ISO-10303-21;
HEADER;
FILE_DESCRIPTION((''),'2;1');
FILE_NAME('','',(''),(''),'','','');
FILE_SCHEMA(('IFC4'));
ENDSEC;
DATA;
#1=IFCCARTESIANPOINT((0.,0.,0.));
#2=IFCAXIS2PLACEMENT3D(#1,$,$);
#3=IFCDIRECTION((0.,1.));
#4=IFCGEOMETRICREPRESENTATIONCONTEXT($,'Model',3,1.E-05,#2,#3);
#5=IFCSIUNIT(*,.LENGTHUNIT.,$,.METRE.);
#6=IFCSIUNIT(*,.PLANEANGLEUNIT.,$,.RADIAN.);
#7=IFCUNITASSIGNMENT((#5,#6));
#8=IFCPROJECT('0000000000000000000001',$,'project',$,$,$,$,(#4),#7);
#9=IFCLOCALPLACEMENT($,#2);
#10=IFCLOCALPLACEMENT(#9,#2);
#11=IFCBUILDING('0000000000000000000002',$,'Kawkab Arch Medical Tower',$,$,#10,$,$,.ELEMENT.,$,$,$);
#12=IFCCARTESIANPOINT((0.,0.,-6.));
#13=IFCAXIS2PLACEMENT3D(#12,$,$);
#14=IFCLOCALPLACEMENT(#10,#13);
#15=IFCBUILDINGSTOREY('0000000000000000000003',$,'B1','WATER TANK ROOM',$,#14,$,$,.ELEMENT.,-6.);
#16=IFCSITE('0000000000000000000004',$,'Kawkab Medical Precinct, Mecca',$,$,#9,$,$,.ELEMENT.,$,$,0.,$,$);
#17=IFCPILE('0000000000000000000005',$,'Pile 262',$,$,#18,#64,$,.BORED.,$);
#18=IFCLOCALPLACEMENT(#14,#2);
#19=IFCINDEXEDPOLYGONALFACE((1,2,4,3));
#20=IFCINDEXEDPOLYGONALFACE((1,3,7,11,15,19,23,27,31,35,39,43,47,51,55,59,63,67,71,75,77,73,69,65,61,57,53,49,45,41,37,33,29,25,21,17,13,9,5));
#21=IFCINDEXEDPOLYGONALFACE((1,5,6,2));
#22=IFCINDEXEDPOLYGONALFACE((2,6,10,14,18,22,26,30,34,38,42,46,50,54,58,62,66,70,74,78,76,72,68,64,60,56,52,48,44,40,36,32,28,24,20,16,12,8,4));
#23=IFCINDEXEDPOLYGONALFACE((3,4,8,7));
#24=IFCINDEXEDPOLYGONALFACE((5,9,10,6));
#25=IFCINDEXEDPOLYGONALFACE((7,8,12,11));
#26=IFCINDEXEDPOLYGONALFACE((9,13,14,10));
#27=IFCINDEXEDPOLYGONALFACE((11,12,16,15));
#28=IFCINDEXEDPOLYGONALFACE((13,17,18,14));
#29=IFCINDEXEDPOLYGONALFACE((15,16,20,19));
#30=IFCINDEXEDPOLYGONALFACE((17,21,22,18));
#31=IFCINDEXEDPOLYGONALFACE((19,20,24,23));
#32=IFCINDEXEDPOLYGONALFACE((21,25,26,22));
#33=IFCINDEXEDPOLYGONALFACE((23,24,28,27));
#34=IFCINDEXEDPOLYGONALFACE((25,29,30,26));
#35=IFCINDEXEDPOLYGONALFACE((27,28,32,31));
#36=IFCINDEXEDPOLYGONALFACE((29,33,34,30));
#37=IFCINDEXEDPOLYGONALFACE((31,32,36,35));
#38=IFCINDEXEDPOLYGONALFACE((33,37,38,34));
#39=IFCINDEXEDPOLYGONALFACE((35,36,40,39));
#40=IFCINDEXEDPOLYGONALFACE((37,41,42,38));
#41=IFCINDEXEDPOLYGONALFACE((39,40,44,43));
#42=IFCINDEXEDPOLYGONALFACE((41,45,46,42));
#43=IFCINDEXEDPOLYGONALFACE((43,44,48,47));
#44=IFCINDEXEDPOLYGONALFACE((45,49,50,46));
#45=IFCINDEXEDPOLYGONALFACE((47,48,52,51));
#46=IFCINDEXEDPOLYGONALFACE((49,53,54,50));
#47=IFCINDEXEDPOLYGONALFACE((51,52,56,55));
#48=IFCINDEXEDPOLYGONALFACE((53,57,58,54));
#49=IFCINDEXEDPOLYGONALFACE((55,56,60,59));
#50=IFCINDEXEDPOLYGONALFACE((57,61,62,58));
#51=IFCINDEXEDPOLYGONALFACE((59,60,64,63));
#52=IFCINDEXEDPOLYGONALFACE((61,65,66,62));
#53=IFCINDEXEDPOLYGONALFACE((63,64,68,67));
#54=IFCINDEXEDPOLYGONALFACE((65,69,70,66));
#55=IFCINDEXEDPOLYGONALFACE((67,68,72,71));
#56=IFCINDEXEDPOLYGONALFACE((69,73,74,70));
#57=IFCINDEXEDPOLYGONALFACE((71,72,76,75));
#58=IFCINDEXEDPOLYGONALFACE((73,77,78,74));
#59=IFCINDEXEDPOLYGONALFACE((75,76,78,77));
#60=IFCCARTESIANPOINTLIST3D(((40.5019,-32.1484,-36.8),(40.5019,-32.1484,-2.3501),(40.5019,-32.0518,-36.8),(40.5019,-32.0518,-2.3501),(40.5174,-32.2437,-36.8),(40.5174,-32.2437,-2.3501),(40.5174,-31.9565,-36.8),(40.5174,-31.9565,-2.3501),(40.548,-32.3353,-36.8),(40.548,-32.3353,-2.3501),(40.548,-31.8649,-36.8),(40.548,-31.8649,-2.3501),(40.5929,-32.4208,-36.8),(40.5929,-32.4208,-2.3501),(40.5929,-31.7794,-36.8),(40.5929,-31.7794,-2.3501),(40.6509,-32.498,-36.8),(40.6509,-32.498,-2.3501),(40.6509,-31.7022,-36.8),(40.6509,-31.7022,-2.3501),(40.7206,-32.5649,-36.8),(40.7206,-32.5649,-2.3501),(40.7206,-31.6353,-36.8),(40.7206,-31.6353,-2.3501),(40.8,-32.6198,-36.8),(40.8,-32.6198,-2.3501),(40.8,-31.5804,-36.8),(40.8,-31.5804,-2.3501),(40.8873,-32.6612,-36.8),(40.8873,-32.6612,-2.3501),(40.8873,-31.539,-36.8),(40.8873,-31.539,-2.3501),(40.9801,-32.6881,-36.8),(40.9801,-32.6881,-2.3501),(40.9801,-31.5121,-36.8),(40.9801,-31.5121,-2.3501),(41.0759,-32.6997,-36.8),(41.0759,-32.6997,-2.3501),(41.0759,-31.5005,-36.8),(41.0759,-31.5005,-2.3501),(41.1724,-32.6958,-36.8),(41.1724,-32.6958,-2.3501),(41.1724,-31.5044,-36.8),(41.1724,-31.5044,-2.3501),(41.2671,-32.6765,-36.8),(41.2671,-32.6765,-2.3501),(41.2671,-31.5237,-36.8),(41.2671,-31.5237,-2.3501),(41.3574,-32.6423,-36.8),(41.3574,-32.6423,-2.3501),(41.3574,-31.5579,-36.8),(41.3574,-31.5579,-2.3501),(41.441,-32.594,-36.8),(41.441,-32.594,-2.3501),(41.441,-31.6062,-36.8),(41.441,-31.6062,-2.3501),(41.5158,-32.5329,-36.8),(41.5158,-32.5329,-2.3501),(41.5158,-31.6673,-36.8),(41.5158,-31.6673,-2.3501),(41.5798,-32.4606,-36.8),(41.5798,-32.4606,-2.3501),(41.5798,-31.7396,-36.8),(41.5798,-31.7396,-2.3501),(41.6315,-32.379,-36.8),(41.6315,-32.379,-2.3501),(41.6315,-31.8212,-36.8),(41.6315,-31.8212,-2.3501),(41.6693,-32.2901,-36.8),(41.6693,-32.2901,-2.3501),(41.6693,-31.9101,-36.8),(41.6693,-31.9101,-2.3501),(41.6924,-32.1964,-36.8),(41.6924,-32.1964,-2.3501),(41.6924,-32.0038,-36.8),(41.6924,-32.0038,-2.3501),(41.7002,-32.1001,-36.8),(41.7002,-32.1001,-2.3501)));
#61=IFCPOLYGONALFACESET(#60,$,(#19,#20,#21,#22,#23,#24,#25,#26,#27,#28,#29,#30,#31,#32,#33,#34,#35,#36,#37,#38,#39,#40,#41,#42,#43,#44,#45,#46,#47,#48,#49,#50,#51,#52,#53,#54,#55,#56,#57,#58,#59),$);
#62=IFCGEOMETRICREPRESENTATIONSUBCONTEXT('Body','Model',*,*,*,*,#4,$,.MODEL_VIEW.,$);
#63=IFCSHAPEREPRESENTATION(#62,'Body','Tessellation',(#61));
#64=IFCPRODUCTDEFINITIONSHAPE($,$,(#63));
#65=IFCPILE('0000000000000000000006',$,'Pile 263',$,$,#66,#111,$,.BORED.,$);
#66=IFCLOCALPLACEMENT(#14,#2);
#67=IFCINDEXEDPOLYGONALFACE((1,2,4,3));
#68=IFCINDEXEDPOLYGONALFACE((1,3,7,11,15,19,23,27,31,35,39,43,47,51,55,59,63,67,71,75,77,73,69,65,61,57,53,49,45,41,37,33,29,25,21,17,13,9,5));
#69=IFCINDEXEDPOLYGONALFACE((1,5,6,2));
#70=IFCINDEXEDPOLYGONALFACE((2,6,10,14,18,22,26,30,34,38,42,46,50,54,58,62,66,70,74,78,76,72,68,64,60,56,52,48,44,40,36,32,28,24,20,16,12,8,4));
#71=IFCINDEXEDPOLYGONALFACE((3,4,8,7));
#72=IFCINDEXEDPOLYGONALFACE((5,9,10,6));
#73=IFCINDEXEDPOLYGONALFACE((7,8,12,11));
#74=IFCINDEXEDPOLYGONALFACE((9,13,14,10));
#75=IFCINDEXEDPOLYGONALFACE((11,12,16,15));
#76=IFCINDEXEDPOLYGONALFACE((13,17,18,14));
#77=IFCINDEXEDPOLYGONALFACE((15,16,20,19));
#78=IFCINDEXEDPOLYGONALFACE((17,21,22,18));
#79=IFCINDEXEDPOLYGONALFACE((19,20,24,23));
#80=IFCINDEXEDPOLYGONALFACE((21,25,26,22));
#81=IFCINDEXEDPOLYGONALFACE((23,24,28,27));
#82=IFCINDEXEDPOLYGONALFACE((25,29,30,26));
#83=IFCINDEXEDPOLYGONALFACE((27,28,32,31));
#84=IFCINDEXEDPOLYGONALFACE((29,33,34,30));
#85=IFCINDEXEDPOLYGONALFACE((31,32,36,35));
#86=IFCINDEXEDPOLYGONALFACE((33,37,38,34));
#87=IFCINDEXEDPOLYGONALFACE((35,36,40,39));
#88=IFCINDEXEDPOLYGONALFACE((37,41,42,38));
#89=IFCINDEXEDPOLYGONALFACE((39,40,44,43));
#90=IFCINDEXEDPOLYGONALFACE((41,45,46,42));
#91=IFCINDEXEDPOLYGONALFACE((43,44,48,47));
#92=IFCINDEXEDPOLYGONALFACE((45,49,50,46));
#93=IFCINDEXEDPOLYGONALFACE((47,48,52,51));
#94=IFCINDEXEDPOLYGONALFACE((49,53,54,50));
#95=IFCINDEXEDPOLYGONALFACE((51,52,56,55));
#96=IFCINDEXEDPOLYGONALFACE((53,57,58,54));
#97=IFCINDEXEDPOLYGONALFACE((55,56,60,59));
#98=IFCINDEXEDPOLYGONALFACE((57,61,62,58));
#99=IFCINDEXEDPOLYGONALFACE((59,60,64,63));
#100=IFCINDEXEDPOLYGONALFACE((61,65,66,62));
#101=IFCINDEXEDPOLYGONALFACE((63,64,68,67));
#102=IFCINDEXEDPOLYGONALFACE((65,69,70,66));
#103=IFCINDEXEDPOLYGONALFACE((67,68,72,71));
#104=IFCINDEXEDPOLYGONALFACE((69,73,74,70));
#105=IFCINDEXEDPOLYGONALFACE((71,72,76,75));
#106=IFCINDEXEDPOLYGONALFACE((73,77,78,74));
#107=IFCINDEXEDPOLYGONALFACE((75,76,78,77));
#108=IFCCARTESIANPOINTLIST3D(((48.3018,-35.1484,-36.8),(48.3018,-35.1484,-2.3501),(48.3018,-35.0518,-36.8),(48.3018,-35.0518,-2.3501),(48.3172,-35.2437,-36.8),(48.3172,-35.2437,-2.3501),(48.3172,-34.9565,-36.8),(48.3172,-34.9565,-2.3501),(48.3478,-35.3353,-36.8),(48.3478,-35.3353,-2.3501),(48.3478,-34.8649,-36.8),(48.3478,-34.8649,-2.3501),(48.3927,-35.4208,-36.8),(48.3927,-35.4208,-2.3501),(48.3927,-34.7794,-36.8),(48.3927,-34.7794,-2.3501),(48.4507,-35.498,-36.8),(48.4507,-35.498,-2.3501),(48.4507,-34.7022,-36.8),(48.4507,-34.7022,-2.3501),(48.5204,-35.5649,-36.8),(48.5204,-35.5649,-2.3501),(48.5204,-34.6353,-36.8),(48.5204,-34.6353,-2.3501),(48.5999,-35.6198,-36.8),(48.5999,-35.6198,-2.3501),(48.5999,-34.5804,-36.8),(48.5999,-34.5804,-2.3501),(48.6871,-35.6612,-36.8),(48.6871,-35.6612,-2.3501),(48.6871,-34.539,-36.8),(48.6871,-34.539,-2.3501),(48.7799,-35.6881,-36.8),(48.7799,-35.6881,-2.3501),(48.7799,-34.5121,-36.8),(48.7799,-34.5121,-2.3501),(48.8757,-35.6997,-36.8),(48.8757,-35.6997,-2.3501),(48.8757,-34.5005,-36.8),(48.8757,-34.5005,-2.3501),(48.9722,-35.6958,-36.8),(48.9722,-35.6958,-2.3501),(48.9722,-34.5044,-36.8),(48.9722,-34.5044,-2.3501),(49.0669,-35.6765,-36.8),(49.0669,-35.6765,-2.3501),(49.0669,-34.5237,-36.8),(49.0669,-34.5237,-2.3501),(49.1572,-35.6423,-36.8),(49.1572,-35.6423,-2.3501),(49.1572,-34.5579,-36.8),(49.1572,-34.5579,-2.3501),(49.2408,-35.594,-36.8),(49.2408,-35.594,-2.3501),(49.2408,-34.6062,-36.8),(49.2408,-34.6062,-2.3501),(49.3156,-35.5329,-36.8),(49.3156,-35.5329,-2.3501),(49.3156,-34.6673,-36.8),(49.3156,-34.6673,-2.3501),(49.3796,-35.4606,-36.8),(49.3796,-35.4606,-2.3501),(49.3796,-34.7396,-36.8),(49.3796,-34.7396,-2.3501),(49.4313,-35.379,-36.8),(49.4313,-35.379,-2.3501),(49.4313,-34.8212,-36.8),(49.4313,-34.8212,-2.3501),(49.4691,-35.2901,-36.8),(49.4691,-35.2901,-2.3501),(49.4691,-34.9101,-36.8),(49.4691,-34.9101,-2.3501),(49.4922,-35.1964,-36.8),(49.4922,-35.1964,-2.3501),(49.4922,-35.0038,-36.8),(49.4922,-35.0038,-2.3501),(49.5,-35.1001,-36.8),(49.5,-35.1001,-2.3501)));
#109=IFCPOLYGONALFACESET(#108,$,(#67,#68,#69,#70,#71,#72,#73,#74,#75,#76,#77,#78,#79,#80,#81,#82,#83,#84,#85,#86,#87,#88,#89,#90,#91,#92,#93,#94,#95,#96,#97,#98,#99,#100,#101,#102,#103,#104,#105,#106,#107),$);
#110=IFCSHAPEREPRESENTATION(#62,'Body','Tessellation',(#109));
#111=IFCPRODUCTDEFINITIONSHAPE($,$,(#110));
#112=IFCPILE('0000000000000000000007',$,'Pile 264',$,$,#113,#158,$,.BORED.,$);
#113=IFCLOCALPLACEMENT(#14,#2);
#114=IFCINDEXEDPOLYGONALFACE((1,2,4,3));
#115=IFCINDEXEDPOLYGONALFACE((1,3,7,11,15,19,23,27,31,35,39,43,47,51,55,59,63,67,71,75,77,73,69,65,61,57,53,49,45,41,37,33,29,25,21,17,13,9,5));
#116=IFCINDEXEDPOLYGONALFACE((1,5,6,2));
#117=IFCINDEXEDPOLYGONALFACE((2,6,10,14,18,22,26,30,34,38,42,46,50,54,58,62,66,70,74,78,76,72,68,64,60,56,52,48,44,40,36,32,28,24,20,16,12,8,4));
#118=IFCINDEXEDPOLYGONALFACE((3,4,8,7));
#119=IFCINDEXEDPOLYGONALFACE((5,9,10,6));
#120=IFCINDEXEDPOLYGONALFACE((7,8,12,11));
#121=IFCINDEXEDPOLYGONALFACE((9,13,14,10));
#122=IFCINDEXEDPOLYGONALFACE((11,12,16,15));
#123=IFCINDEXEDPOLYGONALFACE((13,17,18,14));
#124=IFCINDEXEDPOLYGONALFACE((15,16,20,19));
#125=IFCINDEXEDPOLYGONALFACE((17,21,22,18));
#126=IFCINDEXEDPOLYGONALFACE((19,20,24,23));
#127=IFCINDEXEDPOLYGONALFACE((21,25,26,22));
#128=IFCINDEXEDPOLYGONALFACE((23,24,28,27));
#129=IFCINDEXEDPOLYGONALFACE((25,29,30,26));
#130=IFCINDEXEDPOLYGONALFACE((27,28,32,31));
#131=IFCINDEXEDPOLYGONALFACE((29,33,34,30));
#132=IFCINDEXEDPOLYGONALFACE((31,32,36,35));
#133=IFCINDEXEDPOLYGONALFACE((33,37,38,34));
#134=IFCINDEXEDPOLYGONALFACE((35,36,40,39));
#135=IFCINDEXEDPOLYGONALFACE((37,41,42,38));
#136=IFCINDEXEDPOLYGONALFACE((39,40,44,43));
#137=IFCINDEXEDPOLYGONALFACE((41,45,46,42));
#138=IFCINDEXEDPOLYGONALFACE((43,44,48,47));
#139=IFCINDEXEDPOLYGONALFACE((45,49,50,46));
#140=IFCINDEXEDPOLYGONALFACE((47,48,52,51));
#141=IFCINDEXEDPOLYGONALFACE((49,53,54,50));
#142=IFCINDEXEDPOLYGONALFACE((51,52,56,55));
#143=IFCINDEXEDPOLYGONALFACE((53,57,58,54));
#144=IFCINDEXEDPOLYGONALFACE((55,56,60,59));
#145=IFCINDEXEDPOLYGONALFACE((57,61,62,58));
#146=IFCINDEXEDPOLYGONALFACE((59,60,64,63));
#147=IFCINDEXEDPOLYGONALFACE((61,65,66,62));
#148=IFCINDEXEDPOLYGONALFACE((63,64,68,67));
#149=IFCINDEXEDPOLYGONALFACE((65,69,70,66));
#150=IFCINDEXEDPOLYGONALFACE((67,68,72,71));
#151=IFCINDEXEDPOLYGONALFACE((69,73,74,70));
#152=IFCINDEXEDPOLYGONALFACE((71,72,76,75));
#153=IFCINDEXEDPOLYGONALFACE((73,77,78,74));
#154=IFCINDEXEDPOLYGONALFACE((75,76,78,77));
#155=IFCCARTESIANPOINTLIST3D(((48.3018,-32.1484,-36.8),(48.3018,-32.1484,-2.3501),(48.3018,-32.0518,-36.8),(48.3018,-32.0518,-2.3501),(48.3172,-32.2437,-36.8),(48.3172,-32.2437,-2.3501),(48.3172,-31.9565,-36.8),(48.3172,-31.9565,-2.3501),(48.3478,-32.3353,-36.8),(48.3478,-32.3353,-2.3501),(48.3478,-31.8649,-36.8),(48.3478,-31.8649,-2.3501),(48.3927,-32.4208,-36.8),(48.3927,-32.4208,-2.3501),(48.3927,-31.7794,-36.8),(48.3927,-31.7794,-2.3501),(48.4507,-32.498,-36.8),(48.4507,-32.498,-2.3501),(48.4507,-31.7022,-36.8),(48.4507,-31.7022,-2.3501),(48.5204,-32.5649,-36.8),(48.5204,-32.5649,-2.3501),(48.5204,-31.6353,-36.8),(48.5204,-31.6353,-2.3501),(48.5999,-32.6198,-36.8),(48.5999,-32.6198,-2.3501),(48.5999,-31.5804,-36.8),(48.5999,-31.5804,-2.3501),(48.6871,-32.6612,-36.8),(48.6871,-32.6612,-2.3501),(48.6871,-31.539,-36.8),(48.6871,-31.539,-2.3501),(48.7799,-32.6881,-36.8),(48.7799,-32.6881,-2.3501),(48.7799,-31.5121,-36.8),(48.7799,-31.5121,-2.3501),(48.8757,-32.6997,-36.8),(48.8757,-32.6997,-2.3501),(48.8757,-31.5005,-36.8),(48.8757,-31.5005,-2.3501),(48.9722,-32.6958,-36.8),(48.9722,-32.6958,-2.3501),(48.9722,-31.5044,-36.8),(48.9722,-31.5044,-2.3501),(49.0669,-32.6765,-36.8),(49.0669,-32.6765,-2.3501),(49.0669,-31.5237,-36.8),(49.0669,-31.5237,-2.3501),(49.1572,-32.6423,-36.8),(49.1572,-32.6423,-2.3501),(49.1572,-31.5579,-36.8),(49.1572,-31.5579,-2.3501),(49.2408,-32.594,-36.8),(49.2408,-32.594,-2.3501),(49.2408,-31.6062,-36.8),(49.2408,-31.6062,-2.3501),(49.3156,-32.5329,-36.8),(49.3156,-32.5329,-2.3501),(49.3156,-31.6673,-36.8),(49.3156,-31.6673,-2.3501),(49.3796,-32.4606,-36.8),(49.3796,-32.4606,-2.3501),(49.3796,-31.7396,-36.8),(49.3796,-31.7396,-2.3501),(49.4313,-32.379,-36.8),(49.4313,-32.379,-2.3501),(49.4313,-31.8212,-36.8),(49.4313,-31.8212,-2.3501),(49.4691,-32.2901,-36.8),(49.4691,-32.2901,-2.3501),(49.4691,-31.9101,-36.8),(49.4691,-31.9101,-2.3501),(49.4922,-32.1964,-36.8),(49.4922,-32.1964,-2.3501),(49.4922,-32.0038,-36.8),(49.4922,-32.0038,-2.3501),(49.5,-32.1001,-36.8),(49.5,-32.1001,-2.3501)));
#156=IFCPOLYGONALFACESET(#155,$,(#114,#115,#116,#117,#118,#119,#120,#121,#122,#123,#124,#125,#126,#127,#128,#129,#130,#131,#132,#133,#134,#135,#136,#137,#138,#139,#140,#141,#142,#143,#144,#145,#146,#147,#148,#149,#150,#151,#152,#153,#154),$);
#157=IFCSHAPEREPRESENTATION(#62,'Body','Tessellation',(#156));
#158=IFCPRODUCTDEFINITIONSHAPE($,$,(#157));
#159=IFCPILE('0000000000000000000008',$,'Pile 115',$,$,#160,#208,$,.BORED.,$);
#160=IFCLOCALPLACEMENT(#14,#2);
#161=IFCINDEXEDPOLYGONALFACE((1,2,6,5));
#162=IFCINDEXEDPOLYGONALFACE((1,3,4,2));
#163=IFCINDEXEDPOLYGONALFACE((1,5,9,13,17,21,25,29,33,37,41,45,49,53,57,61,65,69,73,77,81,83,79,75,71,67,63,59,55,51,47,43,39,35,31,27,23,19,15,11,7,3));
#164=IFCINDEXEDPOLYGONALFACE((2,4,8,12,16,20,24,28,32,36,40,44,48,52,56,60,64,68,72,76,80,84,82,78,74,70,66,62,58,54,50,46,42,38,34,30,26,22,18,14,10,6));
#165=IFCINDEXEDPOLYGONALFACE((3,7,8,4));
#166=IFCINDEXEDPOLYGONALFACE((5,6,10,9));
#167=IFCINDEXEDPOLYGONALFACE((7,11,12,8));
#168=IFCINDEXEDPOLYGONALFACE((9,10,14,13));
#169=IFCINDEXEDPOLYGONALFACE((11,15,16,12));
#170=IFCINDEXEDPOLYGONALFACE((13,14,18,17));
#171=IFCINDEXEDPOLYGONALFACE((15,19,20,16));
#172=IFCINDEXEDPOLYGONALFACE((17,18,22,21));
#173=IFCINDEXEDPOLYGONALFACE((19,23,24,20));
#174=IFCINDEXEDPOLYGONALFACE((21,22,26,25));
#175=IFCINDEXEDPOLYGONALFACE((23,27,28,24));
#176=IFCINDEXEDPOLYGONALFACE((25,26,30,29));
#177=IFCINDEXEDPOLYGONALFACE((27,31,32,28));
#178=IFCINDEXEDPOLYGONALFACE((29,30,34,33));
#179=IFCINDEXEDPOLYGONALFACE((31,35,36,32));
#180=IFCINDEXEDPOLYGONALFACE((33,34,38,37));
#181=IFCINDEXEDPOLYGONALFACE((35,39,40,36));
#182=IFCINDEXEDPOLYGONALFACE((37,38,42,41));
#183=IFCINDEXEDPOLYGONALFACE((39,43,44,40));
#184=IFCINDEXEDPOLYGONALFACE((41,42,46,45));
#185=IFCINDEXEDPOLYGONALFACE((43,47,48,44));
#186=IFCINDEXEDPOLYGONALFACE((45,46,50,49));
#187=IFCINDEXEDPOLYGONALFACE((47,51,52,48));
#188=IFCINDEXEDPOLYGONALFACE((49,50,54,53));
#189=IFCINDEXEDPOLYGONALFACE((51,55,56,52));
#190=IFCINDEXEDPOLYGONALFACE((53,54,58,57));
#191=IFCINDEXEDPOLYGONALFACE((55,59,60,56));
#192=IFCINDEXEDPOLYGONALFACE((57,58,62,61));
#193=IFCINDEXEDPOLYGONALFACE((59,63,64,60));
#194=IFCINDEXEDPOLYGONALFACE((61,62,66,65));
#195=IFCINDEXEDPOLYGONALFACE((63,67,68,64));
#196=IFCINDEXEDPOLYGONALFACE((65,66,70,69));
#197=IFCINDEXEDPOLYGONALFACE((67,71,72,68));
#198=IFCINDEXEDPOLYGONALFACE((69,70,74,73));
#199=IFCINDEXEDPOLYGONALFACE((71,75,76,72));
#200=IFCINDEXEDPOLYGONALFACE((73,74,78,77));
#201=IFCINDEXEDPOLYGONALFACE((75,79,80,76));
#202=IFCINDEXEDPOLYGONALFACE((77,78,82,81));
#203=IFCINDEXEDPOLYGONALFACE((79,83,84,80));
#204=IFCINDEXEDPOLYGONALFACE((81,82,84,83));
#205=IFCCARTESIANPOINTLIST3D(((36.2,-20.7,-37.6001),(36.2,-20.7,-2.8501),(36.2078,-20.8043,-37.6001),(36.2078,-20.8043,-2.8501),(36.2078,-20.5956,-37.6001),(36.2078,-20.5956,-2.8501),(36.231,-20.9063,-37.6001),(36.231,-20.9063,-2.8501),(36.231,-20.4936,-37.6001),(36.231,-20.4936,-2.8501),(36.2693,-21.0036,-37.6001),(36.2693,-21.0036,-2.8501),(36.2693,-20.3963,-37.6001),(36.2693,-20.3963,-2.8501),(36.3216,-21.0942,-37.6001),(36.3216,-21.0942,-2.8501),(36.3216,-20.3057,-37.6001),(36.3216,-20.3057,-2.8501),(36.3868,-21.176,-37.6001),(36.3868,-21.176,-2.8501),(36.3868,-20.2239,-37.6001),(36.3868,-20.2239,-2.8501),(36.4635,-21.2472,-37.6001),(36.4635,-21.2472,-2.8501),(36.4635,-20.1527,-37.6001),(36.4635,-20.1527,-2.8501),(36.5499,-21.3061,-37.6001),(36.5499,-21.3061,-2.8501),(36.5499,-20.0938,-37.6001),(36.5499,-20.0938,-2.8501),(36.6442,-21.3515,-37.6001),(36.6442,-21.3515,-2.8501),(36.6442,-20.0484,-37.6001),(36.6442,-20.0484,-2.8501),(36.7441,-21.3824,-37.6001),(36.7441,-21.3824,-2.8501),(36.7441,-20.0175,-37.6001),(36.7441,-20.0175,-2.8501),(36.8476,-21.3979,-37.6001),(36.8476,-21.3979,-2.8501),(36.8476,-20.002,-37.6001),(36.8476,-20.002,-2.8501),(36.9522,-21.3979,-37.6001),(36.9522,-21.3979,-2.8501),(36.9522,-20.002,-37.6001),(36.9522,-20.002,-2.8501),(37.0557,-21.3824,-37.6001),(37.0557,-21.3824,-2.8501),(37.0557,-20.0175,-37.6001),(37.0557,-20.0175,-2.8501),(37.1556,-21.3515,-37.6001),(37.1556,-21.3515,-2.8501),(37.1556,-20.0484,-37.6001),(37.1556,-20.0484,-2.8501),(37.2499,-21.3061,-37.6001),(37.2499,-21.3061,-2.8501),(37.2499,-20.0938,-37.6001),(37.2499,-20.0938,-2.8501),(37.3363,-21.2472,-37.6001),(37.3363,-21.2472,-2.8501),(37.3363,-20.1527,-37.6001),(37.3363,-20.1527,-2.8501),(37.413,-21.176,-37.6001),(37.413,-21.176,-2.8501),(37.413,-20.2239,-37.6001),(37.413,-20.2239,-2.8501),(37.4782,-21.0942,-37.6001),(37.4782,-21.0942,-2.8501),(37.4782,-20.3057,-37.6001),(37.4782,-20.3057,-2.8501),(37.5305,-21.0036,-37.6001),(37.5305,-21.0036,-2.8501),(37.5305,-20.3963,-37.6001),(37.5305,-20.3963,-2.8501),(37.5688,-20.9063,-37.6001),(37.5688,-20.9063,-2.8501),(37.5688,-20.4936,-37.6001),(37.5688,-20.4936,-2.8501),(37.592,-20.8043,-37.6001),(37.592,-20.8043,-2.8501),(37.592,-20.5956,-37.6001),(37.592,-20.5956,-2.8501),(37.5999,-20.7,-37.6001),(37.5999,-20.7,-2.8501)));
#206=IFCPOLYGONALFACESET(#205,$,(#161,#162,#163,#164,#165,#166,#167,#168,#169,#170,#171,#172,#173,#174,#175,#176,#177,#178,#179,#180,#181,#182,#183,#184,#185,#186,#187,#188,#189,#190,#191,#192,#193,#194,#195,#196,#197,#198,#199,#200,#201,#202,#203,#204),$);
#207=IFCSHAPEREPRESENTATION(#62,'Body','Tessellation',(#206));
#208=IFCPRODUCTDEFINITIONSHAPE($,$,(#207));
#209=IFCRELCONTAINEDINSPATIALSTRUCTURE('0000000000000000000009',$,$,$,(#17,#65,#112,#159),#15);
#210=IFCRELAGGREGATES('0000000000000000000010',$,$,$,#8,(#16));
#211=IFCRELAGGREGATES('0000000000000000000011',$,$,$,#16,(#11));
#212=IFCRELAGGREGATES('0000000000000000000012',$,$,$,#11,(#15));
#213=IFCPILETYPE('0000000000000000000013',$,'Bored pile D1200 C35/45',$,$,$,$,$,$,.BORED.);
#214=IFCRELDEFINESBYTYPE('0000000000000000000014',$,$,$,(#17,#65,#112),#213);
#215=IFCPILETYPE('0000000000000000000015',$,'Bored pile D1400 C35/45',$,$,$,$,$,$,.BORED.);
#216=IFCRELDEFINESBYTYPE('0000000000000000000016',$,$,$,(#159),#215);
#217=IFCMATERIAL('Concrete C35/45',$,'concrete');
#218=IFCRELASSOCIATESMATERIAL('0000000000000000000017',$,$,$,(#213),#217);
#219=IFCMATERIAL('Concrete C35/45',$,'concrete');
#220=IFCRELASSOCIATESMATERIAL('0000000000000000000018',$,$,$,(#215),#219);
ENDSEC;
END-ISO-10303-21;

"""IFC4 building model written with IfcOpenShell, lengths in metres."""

from ifc_helpers import new_model, si_unit, direction, frame, origin, origin_2d, place, context, subcontext, project, spatial, circle, extrude, material, material_profile, profile_set, type_object, element, save


model = new_model("IFC4")

# Units and contexts
model_context = context("Model", 3, precision=1e-05, world=origin(), true_north=direction((0.0, 1.0)))
body_context = subcontext(model_context, "Body", "Model", "MODEL_VIEW")
ifc_project = project(units=[si_unit("LENGTHUNIT", "METRE"), si_unit("PLANEANGLEUNIT", "RADIAN")], contexts=[model_context])

# Site, building, storey
site_placement = place(None, origin())
site = spatial("IfcSite", under=ifc_project, at=site_placement, Name="Kawkab Medical Precinct, Mecca", CompositionType="ELEMENT", RefElevation=0.0)
building_placement = place(site_placement, origin())
building = spatial("IfcBuilding", under=site, at=building_placement, Name="Kawkab Arch Medical Tower", CompositionType="ELEMENT")
storey_placement = place(building_placement, frame((0.0, 0.0, -6.0)))
storey = spatial("IfcBuildingStorey", under=building, at=storey_placement, Name="B1", Description="WATER TANK ROOM", CompositionType="ELEMENT", Elevation=-6.0)

# Piles
ifc_material_1 = material(Name="Concrete C35/45", Category="concrete")
ifc_material_profile_1 = material_profile(ifc_material_1, circle(Radius=0.6001, at=origin_2d()), Name="Bored pile D1200")
ifc_profile_set_1 = profile_set([ifc_material_profile_1], Name="Concrete C35/45")
pile_type_1 = type_object("IfcPileType", Name="Bored pile D1200 C35/45", PredefinedType="BORED", material=ifc_profile_set_1)
for number, where, z_axis, x_axis, name in (
    (1, (41.1001, -32.1001, -2.3501), (0.0, 0.0, -1.0), (1.0, 0.0, 0.0), "Pile 262"),
    (2, (48.8999, -35.1001, -2.3501), (0.0, 0.0, -1.0), (1.0, 0.0, 0.0), "Pile 263"),
    (3, (48.8999, -32.1001, -2.3501), (0.0, 0.0, -1.0), (1.0, 0.0, 0.0), "Pile 264"),
):
    element("IfcPile", number, at=place(storey_placement, frame(where, z_axis=z_axis, x_axis=x_axis)), inside=storey, type_object=pile_type_1, Name=name, PredefinedType="BORED", context=body_context, shape_type="SweptSolid", body=[
        extrude(circle(Radius=0.6001, at=origin_2d()), origin(), (0.0, 0.0, 1.0), 34.45),
    ])
ifc_material_2 = material(Name="Concrete C35/45", Category="concrete")
ifc_material_profile_2 = material_profile(ifc_material_2, circle(Radius=0.7, at=origin_2d()), Name="Bored pile D1400")
ifc_profile_set_2 = profile_set([ifc_material_profile_2], Name="Concrete C35/45")
pile_type_2 = type_object("IfcPileType", Name="Bored pile D1400 C35/45", PredefinedType="BORED", material=ifc_profile_set_2)
for number, where, z_axis, x_axis, name in (
    (4, (36.8999, -20.7, -2.8501), (0.0, 0.0, -1.0), (1.0, 0.0, 0.0), "Pile 115"),
):
    element("IfcPile", number, at=place(storey_placement, frame(where, z_axis=z_axis, x_axis=x_axis)), inside=storey, type_object=pile_type_2, Name=name, PredefinedType="BORED", context=body_context, shape_type="SweptSolid", body=[
        extrude(circle(Radius=0.7, at=origin_2d()), origin(), (0.0, 0.0, 1.0), 34.75),
    ])

save(model, "model.ifc")
